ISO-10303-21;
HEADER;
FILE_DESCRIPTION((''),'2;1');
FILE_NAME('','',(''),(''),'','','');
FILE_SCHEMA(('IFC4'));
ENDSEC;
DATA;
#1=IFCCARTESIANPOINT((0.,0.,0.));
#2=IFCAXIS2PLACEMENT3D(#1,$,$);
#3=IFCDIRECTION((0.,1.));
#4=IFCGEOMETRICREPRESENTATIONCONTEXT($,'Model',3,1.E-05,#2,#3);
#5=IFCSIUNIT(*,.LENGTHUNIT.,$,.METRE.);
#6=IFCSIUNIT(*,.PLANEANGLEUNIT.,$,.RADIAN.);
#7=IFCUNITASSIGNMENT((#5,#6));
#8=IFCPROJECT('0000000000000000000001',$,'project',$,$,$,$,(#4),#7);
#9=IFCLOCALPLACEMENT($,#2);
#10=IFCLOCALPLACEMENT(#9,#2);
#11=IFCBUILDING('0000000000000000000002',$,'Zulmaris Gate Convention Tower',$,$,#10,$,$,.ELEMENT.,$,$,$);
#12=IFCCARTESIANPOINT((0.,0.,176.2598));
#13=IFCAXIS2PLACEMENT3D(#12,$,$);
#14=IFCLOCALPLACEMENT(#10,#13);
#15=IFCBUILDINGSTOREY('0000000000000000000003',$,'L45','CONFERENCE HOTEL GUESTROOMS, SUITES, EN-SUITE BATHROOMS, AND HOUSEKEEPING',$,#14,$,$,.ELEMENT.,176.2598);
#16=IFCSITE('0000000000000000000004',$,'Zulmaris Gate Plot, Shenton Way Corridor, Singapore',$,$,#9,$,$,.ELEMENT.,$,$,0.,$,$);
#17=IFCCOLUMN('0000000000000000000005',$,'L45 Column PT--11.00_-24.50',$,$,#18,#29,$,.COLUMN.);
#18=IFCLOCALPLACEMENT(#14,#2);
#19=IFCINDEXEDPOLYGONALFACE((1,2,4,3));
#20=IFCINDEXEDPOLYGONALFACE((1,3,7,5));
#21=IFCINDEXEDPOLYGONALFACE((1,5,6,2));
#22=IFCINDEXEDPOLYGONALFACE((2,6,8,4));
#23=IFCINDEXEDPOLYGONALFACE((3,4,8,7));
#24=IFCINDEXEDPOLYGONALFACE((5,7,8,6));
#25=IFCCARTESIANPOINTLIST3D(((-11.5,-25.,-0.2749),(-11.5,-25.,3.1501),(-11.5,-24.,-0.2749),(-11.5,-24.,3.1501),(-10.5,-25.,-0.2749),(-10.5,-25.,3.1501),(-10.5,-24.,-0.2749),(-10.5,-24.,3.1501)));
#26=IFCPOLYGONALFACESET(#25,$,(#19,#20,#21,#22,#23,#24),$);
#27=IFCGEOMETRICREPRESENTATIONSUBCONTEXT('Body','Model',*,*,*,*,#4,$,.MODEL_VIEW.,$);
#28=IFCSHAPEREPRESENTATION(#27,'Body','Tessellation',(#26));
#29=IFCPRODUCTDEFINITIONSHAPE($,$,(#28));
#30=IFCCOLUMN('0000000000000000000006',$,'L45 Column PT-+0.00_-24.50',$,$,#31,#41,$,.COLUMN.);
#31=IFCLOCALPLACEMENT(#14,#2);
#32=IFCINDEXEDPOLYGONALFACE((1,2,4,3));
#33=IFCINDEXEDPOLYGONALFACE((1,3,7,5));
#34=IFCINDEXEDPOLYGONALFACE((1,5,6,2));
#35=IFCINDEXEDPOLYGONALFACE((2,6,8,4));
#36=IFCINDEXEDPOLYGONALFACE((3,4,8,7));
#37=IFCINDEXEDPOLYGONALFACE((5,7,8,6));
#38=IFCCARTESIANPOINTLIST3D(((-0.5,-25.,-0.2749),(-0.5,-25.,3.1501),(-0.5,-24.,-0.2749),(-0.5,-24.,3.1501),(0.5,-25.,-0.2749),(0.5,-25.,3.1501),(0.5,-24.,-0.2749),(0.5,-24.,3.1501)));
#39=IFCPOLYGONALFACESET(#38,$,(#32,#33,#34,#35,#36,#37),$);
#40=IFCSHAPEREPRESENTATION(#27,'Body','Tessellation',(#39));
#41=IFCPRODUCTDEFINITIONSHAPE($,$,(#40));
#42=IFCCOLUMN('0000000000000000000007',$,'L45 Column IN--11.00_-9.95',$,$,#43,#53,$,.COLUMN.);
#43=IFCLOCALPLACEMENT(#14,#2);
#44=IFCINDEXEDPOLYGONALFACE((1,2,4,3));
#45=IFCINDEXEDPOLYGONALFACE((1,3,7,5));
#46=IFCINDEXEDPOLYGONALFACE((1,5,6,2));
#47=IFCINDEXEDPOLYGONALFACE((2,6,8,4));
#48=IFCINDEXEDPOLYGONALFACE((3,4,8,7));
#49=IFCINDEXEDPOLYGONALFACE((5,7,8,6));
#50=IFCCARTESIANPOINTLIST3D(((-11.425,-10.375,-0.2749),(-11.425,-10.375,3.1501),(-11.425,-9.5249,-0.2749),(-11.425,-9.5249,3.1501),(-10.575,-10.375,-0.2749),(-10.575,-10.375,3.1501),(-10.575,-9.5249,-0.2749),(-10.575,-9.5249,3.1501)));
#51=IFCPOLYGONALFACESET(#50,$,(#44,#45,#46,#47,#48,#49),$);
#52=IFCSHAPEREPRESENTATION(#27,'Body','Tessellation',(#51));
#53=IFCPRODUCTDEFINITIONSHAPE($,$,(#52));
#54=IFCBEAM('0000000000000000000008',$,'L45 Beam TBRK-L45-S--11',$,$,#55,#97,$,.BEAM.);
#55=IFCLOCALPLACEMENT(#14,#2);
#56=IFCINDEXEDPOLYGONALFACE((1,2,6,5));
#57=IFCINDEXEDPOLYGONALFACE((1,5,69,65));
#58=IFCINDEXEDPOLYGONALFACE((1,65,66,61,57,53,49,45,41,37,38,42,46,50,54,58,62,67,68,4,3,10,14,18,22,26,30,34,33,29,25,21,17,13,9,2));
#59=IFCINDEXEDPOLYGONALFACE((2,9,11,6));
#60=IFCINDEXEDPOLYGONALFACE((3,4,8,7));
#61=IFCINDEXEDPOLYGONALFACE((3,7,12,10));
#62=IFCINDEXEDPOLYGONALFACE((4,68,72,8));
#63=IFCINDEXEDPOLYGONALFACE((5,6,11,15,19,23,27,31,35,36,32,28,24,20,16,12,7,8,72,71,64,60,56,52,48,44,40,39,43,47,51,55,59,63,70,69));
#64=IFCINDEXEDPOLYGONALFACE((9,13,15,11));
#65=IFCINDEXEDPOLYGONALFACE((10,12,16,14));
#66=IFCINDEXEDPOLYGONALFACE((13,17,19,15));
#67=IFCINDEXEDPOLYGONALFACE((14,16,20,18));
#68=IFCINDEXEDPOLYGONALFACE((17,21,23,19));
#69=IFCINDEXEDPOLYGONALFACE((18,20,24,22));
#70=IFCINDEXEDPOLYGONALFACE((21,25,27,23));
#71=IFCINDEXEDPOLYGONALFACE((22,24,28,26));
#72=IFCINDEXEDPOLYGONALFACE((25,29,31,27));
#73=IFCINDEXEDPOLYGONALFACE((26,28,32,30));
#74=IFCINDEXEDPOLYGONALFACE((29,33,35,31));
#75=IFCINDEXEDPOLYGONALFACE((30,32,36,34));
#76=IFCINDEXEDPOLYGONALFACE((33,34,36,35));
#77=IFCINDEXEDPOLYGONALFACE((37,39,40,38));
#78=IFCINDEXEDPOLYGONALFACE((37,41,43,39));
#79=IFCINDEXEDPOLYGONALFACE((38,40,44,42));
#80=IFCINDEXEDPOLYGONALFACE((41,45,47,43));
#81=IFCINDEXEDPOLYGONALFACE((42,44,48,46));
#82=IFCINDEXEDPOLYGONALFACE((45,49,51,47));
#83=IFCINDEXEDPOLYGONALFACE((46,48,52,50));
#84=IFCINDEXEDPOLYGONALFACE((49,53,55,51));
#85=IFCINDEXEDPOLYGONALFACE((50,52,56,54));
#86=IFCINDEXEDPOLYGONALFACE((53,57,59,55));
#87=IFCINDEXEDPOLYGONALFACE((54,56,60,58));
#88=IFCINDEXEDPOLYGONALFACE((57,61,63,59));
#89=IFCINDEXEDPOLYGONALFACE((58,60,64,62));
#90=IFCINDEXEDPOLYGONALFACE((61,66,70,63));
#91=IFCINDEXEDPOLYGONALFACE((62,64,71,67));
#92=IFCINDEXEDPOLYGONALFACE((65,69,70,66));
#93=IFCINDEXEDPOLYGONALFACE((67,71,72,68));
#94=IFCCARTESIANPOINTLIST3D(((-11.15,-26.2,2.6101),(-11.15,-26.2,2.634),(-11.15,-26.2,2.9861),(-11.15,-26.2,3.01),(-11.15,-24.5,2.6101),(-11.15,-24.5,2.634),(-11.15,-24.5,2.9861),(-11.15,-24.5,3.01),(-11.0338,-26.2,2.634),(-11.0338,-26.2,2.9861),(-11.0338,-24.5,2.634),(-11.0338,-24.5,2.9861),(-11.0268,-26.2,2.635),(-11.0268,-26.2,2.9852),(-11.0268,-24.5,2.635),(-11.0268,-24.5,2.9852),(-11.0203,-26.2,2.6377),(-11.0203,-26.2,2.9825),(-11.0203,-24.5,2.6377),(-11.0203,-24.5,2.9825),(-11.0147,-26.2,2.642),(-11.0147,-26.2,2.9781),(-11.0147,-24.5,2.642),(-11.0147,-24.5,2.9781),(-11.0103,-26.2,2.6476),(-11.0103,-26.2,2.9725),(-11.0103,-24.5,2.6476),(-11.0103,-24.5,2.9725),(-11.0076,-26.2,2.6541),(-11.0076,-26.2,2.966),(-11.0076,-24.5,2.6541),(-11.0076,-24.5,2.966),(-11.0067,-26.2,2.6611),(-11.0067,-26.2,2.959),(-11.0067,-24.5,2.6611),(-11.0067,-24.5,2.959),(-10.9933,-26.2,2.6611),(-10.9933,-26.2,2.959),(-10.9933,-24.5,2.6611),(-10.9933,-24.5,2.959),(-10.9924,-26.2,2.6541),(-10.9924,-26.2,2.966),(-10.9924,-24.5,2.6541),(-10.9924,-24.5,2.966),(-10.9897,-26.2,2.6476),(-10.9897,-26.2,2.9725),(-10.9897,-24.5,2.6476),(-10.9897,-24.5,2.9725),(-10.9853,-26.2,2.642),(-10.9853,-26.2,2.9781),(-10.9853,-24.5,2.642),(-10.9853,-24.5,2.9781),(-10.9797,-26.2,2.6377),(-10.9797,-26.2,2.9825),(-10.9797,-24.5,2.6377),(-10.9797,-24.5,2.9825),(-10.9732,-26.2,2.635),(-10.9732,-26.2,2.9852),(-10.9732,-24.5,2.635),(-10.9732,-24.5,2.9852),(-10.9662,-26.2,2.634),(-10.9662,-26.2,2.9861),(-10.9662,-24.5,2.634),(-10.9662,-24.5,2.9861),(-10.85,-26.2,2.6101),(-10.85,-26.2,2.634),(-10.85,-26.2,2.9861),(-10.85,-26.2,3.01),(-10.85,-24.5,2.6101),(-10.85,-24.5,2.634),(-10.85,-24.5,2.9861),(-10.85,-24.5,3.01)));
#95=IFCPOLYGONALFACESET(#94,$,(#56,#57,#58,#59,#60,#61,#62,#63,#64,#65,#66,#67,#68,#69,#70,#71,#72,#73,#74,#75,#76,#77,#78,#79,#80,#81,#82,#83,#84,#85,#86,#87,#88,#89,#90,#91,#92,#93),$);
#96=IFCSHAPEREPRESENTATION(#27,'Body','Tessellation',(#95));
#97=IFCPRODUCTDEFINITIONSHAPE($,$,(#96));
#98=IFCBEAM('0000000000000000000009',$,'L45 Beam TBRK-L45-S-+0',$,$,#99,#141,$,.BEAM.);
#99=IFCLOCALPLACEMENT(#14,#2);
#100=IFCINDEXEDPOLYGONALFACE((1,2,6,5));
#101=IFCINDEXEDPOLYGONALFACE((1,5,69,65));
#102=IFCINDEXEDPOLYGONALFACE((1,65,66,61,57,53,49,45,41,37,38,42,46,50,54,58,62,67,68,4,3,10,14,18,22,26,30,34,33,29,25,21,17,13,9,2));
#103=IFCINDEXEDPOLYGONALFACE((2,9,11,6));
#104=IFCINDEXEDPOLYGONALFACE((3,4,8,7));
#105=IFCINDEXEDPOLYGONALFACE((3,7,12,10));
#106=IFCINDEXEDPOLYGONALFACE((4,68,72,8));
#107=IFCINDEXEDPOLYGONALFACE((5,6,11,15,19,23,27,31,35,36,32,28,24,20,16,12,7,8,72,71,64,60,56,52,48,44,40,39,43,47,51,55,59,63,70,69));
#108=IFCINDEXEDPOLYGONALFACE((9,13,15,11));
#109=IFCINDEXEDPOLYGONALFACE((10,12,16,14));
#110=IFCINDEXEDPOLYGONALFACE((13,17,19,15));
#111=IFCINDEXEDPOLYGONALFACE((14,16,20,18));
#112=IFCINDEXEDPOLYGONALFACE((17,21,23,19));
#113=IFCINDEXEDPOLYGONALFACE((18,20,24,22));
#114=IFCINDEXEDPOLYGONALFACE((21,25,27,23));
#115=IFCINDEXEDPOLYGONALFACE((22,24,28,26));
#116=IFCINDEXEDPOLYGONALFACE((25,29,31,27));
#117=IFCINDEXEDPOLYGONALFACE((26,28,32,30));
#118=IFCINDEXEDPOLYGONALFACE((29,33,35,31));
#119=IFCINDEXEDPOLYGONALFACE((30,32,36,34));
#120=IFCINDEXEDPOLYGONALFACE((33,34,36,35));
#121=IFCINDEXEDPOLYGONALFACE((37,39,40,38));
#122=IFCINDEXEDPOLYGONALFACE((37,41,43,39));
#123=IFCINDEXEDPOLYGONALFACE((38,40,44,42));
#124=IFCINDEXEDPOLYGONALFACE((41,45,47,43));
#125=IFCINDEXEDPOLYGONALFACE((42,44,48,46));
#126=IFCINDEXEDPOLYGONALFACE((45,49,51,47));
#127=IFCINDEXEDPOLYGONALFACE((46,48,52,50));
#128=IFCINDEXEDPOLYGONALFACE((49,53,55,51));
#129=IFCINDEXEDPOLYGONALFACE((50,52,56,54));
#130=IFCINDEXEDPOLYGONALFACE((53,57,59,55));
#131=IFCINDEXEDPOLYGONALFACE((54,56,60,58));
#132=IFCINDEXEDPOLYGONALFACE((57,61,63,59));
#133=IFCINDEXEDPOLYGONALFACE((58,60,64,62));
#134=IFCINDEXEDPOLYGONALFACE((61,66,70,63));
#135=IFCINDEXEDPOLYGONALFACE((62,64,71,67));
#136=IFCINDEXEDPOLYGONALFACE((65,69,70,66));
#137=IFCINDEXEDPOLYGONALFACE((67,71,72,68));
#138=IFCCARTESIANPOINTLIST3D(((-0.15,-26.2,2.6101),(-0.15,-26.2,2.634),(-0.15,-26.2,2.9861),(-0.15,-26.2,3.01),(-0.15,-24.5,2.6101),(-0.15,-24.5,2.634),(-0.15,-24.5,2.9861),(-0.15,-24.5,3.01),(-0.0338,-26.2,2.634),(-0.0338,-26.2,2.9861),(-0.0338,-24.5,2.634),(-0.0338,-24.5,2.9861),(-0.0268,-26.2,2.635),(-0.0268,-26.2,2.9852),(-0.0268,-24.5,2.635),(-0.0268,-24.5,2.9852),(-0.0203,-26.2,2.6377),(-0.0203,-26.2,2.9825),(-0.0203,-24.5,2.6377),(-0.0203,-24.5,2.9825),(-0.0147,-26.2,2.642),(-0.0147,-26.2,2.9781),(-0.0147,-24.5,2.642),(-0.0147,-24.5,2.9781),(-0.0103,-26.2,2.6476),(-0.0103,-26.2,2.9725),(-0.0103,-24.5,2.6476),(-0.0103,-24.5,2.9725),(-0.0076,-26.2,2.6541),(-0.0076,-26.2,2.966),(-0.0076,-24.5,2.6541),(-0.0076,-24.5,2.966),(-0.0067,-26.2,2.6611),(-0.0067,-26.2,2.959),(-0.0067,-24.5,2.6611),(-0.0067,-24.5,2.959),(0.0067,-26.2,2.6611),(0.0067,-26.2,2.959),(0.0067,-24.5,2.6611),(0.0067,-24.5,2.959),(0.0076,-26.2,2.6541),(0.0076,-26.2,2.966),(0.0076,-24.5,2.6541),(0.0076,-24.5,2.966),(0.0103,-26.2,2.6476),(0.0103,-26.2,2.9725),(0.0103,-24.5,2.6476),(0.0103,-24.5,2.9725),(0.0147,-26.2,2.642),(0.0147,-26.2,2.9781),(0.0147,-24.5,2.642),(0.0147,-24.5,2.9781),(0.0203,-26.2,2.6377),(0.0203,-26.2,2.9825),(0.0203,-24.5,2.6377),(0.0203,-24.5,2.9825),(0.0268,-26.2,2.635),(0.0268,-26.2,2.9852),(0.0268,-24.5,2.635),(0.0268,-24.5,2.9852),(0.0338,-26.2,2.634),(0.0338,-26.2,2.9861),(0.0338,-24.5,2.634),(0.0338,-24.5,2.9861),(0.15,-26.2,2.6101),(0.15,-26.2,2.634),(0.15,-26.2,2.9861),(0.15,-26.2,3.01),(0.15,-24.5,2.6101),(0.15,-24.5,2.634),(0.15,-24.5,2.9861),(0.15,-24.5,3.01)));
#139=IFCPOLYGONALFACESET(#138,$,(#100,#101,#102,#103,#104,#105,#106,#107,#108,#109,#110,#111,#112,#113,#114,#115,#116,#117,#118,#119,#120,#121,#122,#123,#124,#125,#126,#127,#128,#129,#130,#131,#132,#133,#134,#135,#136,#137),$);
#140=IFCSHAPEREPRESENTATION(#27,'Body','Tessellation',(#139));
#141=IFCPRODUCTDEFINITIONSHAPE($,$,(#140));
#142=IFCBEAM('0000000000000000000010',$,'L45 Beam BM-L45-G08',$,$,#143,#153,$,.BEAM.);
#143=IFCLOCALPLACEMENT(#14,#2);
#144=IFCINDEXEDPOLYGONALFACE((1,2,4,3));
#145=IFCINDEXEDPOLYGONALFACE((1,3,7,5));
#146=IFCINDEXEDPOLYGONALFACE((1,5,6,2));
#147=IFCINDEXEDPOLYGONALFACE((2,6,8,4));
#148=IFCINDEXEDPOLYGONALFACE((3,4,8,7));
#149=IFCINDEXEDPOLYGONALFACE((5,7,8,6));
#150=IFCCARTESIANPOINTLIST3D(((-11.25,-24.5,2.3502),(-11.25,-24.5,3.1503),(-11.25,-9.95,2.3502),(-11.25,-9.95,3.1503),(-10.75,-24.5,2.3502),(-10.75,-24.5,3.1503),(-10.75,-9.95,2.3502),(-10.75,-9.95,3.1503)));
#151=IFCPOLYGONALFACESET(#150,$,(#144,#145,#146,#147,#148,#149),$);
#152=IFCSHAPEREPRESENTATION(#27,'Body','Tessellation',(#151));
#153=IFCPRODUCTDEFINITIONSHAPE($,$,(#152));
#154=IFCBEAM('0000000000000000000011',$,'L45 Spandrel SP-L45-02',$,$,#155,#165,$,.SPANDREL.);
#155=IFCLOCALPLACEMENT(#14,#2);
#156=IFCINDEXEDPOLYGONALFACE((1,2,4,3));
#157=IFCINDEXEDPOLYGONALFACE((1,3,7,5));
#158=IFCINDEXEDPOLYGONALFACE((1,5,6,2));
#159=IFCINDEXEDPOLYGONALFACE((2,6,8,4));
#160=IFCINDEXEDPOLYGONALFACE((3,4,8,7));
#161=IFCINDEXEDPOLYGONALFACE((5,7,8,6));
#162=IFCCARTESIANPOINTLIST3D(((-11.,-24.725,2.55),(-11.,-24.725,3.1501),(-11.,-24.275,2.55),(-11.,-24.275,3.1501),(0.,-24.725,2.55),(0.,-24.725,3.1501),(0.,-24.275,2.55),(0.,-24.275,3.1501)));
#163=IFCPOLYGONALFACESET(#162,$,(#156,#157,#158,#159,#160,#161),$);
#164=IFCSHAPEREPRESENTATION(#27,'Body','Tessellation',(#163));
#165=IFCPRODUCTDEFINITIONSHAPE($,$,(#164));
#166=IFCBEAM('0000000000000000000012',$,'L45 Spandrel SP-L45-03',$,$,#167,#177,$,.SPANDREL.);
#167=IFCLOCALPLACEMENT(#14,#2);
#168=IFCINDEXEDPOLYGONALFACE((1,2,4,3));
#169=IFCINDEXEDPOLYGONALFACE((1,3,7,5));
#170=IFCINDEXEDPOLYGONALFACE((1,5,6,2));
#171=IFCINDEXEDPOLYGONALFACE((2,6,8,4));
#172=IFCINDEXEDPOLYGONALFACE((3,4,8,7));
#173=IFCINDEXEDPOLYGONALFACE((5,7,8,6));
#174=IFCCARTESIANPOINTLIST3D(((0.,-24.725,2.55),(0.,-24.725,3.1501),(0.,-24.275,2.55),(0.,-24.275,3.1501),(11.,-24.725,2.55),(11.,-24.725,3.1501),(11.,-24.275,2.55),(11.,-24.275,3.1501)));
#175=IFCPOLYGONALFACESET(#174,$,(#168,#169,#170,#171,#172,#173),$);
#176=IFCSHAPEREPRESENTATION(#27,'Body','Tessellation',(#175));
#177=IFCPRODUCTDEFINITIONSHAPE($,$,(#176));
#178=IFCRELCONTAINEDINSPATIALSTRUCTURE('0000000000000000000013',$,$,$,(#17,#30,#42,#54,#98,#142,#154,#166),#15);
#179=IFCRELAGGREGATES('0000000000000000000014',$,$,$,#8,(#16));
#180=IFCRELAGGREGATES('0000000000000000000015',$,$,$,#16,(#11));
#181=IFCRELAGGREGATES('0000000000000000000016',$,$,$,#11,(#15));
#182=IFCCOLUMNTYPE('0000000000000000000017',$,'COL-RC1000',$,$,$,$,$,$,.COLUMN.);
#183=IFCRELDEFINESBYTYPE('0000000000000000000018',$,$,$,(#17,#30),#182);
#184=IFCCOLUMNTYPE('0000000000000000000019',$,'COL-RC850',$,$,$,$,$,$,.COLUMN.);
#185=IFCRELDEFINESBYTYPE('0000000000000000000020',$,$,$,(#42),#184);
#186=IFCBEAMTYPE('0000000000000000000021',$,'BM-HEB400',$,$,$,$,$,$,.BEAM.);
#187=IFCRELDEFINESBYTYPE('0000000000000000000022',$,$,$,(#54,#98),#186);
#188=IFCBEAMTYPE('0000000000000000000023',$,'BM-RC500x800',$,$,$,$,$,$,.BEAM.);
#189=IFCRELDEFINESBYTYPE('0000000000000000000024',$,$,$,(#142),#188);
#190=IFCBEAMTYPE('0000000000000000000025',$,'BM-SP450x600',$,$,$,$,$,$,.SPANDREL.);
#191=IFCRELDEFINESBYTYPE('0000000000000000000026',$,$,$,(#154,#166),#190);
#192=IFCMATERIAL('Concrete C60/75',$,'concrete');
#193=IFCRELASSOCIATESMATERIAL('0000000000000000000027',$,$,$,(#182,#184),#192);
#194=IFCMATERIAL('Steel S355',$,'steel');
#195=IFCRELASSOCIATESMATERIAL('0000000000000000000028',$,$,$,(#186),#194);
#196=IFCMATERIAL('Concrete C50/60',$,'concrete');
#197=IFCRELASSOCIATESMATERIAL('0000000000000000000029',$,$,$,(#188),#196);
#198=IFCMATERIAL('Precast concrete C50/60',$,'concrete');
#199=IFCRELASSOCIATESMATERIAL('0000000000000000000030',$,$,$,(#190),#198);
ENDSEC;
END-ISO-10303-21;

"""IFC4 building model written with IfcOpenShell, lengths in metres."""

from ifc_helpers import new_model, si_unit, direction, frame, origin, origin_2d, place, context, subcontext, project, spatial, rectangle, i_section, extrude, material, material_profile, profile_set, type_object, element, save


model = new_model("IFC4")

# Units and contexts
model_context = context("Model", 3, precision=1e-05, world=origin(), true_north=direction((0.0, 1.0)))
body_context = subcontext(model_context, "Body", "Model", "MODEL_VIEW")
ifc_project = project(units=[si_unit("LENGTHUNIT", "METRE"), si_unit("PLANEANGLEUNIT", "RADIAN")], contexts=[model_context])

# Site, building, storey
site_placement = place(None, origin())
site = spatial("IfcSite", under=ifc_project, at=site_placement, Name="Zulmaris Gate Plot, Shenton Way Corridor, Singapore", CompositionType="ELEMENT", RefElevation=0.0)
building_placement = place(site_placement, origin())
building = spatial("IfcBuilding", under=site, at=building_placement, Name="Zulmaris Gate Convention Tower", CompositionType="ELEMENT")
storey_placement = place(building_placement, frame((0.0, 0.0, 176.2598)))
storey = spatial("IfcBuildingStorey", under=building, at=storey_placement, Name="L45", Description="CONFERENCE HOTEL GUESTROOMS, SUITES, EN-SUITE BATHROOMS, AND HOUSEKEEPING", CompositionType="ELEMENT", Elevation=176.2598)

# Columns
ifc_material_1 = material(Name="Concrete C60/75", Category="concrete")
ifc_material_profile_1 = material_profile(ifc_material_1, rectangle(XDim=1.0, YDim=1.0, at=origin_2d()), Name="RC COL 1000x1000")
ifc_profile_set_1 = profile_set([ifc_material_profile_1], Name="Concrete C60/75")
column_type_1 = type_object("IfcColumnType", Name="COL-RC1000", PredefinedType="COLUMN", material=ifc_profile_set_1)
for number, where, z_axis, x_axis, name in (
    (1, (-11.0, -24.5, -0.2749), (0.0, 0.0, 1.0), (1.0, 0.0, 0.0), "L45 Column PT--11.00_-24.50"),
    (2, (0.0, -24.5, -0.2749), (0.0, 0.0, 1.0), (1.0, 0.0, 0.0), "L45 Column PT-+0.00_-24.50"),
):
    element("IfcColumn", number, at=place(storey_placement, frame(where, z_axis=z_axis, x_axis=x_axis)), inside=storey, type_object=column_type_1, Name=name, PredefinedType="COLUMN", context=body_context, shape_type="SweptSolid", body=[
        extrude(rectangle(XDim=1.0, YDim=1.0, at=origin_2d()), origin(), (0.0, 0.0, 1.0), 3.425),
    ])
ifc_material_profile_2 = material_profile(ifc_material_1, rectangle(XDim=0.8501, YDim=0.8501, at=origin_2d()), Name="RC COL 850x850")
ifc_profile_set_2 = profile_set([ifc_material_profile_2], Name="Concrete C60/75")
column_type_2 = type_object("IfcColumnType", Name="COL-RC850", PredefinedType="COLUMN", material=ifc_profile_set_2)
column_placement = place(storey_placement, frame((-11.0, -9.95, -0.2749), z_axis=(0.0, 0.0, 1.0), x_axis=(1.0, 0.0, 0.0)))
element("IfcColumn", 3, at=column_placement, inside=storey, type_object=column_type_2, Name="L45 Column IN--11.00_-9.95", PredefinedType="COLUMN", context=body_context, shape_type="SweptSolid", body=[
    extrude(rectangle(XDim=0.8501, YDim=0.8501, at=origin_2d()), origin(), (0.0, 0.0, 1.0), 3.425),
])

# Beams
ifc_material_2 = material(Name="Steel S355", Category="steel")
ifc_material_profile_3 = material_profile(ifc_material_2, i_section(OverallWidth=0.3, OverallDepth=0.3999, WebThickness=0.0134, FlangeThickness=0.0239, FilletRadius=0.0271, at=origin_2d()), Name="HEB 400")
ifc_profile_set_3 = profile_set([ifc_material_profile_3], Name="Steel S355")
beam_type_1 = type_object("IfcBeamType", Name="BM-HEB400", PredefinedType="BEAM", material=ifc_profile_set_3)
for number, where, z_axis, x_axis, name in (
    (4, (-11.0, -26.2, 2.8101), (0.0, 1.0, 0.0), (-1.0, 0.0, 0.0), "L45 Beam TBRK-L45-S--11"),
    (5, (0.0, -26.2, 2.8101), (0.0, 1.0, 0.0), (-1.0, 0.0, 0.0), "L45 Beam TBRK-L45-S-+0"),
):
    element("IfcBeam", number, at=place(storey_placement, frame(where, z_axis=z_axis, x_axis=x_axis)), inside=storey, type_object=beam_type_1, Name=name, PredefinedType="BEAM", context=body_context, shape_type="SweptSolid", body=[
        extrude(i_section(OverallWidth=0.3, OverallDepth=0.3999, WebThickness=0.0134, FlangeThickness=0.0239, FilletRadius=0.0271, at=origin_2d()), origin(), (0.0, 0.0, 1.0), 1.7),
    ])
ifc_material_3 = material(Name="Concrete C50/60", Category="concrete")
ifc_material_profile_4 = material_profile(ifc_material_3, rectangle(XDim=0.5, YDim=0.8, at=origin_2d()), Name="RC BEAM 500x800")
ifc_profile_set_4 = profile_set([ifc_material_profile_4], Name="Concrete C50/60")
beam_type_2 = type_object("IfcBeamType", Name="BM-RC500x800", PredefinedType="BEAM", material=ifc_profile_set_4)
beam_placement = place(storey_placement, frame((-11.0, -24.5, 2.7502), z_axis=(0.0, 1.0, 0.0), x_axis=(-1.0, 0.0, 0.0)))
element("IfcBeam", 6, at=beam_placement, inside=storey, type_object=beam_type_2, Name="L45 Beam BM-L45-G08", PredefinedType="BEAM", context=body_context, shape_type="SweptSolid", body=[
    extrude(rectangle(XDim=0.5, YDim=0.8, at=origin_2d()), origin(), (0.0, 0.0, 1.0), 14.55),
])
ifc_material_4 = material(Name="Precast concrete C50/60", Category="concrete")
ifc_material_profile_5 = material_profile(ifc_material_4, rectangle(XDim=0.45, YDim=0.6001, at=origin_2d()), Name="RC SPANDREL 450x600")
ifc_profile_set_5 = profile_set([ifc_material_profile_5], Name="Precast concrete C50/60")
beam_type_3 = type_object("IfcBeamType", Name="BM-SP450x600", PredefinedType="SPANDREL", material=ifc_profile_set_5)
for number, where, z_axis, x_axis, name in (
    (7, (-11.0, -24.5, 2.8501), (1.0, 0.0, 0.0), (0.0, 1.0, 0.0), "L45 Spandrel SP-L45-02"),
    (8, (0.0, -24.5, 2.8501), (1.0, 0.0, 0.0), (0.0, 1.0, 0.0), "L45 Spandrel SP-L45-03"),
):
    element("IfcBeam", number, at=place(storey_placement, frame(where, z_axis=z_axis, x_axis=x_axis)), inside=storey, type_object=beam_type_3, Name=name, PredefinedType="SPANDREL", context=body_context, shape_type="SweptSolid", body=[
        extrude(rectangle(XDim=0.45, YDim=0.6001, at=origin_2d()), origin(), (0.0, 0.0, 1.0), 11.0),
    ])

save(model, "model.ifc")
